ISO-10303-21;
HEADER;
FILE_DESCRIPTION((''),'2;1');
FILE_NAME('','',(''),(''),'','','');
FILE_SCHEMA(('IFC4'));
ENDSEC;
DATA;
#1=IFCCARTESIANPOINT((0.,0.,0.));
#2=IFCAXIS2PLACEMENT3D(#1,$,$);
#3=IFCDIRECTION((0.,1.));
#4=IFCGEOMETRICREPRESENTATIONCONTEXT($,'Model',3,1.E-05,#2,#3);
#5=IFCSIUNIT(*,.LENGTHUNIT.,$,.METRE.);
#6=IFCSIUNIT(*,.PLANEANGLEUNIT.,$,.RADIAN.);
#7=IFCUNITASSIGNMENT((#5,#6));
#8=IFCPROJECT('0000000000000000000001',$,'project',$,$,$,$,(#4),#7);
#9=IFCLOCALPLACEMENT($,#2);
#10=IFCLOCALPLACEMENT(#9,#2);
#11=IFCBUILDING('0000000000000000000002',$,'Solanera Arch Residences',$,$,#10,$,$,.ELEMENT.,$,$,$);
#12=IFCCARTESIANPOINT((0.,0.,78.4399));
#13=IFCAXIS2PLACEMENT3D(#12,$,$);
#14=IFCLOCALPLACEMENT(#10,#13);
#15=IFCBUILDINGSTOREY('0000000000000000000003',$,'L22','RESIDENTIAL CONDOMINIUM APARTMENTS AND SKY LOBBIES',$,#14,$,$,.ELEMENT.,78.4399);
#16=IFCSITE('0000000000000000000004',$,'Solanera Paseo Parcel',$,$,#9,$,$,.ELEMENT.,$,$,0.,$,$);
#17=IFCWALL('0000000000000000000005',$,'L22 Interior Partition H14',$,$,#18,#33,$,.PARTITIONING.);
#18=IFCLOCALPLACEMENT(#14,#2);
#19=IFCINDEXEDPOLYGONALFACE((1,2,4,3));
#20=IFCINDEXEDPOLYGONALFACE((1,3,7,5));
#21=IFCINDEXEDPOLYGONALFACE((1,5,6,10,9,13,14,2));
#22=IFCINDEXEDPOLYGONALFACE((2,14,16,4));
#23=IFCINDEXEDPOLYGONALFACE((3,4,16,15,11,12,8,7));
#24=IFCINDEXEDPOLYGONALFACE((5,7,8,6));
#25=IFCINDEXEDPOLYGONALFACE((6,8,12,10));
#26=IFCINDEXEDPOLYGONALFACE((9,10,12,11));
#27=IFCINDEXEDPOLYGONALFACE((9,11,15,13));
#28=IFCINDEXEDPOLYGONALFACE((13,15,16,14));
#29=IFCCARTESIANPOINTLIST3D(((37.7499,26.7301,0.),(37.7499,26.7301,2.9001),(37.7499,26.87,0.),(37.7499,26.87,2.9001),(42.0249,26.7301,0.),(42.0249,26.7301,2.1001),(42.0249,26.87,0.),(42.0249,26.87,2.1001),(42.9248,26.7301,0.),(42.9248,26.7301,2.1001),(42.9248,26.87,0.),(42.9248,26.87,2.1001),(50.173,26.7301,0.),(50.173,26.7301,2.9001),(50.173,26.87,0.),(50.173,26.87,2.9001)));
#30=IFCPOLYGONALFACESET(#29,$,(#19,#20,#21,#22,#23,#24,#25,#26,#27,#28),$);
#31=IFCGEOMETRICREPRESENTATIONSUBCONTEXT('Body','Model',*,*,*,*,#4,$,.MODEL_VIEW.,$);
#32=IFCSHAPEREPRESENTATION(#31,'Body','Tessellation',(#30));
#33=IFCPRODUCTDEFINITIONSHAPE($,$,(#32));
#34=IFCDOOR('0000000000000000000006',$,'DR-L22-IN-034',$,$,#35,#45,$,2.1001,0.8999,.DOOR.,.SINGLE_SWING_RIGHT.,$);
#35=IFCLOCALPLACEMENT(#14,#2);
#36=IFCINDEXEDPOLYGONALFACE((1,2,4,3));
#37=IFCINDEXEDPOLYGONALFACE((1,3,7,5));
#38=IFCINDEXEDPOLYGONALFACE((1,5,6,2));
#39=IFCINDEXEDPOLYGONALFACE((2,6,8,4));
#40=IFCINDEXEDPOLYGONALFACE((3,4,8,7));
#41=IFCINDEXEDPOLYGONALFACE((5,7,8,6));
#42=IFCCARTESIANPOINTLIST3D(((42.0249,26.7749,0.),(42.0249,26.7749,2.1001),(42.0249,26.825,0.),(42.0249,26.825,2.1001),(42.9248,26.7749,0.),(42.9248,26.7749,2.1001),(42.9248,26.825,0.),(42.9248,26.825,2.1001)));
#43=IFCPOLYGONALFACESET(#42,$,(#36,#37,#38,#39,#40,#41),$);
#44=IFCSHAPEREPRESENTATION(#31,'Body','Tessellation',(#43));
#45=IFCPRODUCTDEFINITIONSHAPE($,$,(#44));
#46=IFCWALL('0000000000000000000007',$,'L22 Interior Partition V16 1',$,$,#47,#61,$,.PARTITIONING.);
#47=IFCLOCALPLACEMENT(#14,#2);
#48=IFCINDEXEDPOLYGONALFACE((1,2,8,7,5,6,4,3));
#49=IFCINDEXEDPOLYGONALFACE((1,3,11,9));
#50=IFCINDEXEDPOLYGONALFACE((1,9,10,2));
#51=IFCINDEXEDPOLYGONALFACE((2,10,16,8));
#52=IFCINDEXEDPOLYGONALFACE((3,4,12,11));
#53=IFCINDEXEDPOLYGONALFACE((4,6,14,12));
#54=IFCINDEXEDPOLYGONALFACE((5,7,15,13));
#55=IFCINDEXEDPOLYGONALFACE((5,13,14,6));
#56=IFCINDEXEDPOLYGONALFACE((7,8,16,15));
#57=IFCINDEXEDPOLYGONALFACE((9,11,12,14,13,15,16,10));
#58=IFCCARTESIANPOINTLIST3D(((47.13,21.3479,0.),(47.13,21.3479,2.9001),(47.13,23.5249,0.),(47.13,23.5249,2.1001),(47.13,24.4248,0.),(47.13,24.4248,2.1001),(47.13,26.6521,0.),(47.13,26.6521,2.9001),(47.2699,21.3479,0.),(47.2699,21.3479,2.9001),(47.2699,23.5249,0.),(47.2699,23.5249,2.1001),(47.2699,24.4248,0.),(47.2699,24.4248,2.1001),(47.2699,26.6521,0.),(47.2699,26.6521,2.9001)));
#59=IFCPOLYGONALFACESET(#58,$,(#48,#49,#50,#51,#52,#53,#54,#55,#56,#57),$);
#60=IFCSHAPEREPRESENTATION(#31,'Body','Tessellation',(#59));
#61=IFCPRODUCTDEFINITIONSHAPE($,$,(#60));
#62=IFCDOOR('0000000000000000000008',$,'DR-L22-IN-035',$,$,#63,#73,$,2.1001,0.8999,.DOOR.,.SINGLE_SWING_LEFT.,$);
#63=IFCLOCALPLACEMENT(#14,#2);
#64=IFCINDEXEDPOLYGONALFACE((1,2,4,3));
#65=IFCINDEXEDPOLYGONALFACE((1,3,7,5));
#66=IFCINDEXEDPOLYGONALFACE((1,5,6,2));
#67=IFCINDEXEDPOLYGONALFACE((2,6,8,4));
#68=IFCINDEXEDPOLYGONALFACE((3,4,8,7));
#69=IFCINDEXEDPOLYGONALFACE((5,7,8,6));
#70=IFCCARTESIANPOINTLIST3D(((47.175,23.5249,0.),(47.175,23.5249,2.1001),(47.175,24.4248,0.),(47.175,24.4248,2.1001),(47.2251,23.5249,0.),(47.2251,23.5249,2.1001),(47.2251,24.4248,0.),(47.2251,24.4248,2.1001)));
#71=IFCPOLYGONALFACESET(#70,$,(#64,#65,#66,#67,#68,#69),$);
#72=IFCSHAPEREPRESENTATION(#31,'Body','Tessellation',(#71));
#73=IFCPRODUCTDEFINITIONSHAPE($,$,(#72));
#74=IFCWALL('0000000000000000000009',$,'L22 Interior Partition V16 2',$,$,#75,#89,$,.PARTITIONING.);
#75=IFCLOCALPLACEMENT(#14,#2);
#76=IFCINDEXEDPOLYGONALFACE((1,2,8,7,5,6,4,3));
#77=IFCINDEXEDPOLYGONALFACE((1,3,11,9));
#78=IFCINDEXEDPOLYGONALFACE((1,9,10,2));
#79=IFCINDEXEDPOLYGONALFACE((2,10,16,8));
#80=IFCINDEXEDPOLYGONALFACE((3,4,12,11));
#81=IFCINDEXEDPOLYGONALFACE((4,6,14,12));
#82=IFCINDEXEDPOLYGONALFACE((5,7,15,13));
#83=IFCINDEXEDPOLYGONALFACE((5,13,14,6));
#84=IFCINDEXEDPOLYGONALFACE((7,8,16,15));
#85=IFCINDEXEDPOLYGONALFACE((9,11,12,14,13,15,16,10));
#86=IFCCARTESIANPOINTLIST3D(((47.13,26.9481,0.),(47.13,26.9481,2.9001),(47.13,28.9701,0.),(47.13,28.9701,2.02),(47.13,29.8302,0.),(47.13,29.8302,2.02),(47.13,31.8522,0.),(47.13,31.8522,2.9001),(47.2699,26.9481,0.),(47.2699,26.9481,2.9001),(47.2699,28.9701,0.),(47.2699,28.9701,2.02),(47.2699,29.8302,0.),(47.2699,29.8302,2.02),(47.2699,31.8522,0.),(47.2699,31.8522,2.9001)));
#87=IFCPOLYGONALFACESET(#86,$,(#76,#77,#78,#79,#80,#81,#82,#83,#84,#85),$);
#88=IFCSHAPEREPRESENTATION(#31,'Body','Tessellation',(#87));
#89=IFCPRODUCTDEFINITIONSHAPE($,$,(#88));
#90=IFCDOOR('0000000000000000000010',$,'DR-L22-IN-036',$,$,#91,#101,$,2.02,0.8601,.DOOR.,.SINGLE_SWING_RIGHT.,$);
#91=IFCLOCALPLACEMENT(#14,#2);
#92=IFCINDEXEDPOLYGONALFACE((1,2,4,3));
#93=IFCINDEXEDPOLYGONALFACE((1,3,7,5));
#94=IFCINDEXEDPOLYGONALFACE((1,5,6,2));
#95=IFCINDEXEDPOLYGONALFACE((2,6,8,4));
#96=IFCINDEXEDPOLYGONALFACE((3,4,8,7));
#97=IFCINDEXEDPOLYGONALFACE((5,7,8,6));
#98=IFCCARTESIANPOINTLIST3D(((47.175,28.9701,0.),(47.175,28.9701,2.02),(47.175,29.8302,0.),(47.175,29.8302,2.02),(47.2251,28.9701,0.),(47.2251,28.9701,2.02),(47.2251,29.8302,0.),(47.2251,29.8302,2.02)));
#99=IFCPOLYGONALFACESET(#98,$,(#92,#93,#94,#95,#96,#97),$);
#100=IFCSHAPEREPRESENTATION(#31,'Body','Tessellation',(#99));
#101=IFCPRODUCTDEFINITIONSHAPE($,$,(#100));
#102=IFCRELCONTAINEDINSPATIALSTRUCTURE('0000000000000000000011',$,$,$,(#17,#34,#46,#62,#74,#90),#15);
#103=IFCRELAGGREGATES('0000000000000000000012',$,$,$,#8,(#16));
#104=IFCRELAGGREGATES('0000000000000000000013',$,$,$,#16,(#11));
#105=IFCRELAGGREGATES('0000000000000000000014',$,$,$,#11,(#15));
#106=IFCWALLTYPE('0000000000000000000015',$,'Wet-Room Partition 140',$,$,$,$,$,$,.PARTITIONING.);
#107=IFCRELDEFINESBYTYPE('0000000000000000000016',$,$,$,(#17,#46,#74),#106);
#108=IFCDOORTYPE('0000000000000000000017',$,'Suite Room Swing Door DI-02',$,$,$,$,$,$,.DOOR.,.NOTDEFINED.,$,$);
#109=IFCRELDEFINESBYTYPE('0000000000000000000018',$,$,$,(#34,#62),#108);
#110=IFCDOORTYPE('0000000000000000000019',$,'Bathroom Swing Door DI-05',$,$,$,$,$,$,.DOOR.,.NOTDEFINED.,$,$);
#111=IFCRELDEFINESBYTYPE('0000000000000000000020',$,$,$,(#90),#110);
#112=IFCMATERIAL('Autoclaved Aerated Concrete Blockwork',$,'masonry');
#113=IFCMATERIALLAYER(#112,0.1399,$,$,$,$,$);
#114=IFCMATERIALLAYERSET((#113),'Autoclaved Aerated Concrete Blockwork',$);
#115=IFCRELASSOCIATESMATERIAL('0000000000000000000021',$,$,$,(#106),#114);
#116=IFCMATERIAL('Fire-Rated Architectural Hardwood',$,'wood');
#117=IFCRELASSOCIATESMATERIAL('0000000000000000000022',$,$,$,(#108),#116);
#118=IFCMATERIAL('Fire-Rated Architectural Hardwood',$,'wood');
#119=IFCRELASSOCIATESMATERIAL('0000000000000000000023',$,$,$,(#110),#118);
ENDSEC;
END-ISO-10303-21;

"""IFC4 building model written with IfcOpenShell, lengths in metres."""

from ifc_helpers import new_model, si_unit, direction, frame, frame_2d, origin, place, context, subcontext, project, spatial, rectangle, extrude, material, layer, layer_set, type_object, element, fill, save


model = new_model("IFC4")

# Units and contexts
model_context = context("Model", 3, precision=1e-05, world=origin(), true_north=direction((0.0, 1.0)))
body_context = subcontext(model_context, "Body", "Model", "MODEL_VIEW")
ifc_project = project(units=[si_unit("LENGTHUNIT", "METRE"), si_unit("PLANEANGLEUNIT", "RADIAN")], contexts=[model_context])

# Site, building, storey
site_placement = place(None, origin())
site = spatial("IfcSite", under=ifc_project, at=site_placement, Name="Solanera Paseo Parcel", CompositionType="ELEMENT", RefElevation=0.0)
building_placement = place(site_placement, origin())
building = spatial("IfcBuilding", under=site, at=building_placement, Name="Solanera Arch Residences", CompositionType="ELEMENT")
storey_placement = place(building_placement, frame((0.0, 0.0, 78.4399)))
storey = spatial("IfcBuildingStorey", under=building, at=storey_placement, Name="L22", Description="RESIDENTIAL CONDOMINIUM APARTMENTS AND SKY LOBBIES", CompositionType="ELEMENT", Elevation=78.4399)

# Walls, openings, doors
ifc_material_1 = material(Name="Autoclaved Aerated Concrete Blockwork", Category="masonry")
ifc_layer_1 = layer(ifc_material_1, 0.1399)
ifc_layer_set_1 = layer_set([ifc_layer_1], Name="Autoclaved Aerated Concrete Blockwork")
wall_type_1 = type_object("IfcWallType", Name="Wet-Room Partition 140", PredefinedType="PARTITIONING", material=ifc_layer_set_1)
wall_1_placement = place(storey_placement, frame((37.75, 26.8, 0.0), z_axis=(0.0, 0.0, 1.0), x_axis=(1.0, 0.0, 0.0)))
wall_1 = element("IfcWall", 1, at=wall_1_placement, inside=storey, type_object=wall_type_1, Name="L22 Interior Partition H14", PredefinedType="PARTITIONING", context=body_context, shape_type="SweptSolid", body=[
    extrude(rectangle(XDim=12.4231, YDim=0.1399, at=frame_2d((6.2114, 0.0))), origin(), (0.0, 0.0, 1.0), 2.9001),
])
opening_1_placement = place(wall_1_placement, frame((4.2749, 0.0, 0.0)))
opening_1 = element("IfcOpeningElement", 2, at=opening_1_placement, cuts=wall_1, PredefinedType="OPENING", context=body_context, shape_type="SweptSolid", body=[
    extrude(rectangle(XDim=0.8999, YDim=2.1001, at=frame_2d((0.45, 1.05))), frame((0.0, 0.0798, 0.0), z_axis=(0.0, -1.0, 0.0), x_axis=(1.0, 0.0, 0.0)), (0.0, 0.0, 1.0), 0.1599),
])
ifc_material_2 = material(Name="Fire-Rated Architectural Hardwood", Category="wood")
door_type_1 = type_object("IfcDoorType", Name="Suite Room Swing Door DI-02", OperationType="NOTDEFINED", PredefinedType="DOOR", material=ifc_material_2)
door_1_placement = place(opening_1_placement, origin())
door_1 = element("IfcDoor", 3, at=door_1_placement, inside=storey, type_object=door_type_1, Name="DR-L22-IN-034", OperationType="SINGLE_SWING_RIGHT", OverallHeight=2.1001, OverallWidth=0.8999, PredefinedType="DOOR", context=body_context, shape_type="SweptSolid", body=[
    extrude(rectangle(XDim=0.8999, YDim=2.1001, at=frame_2d((0.45, 1.05))), frame((0.0, 0.0249, 0.0), z_axis=(0.0, -1.0, 0.0), x_axis=(1.0, 0.0, 0.0)), (0.0, 0.0, 1.0), 0.05),
])
fill(opening_1, door_1)
wall_2_placement = place(storey_placement, frame((47.2, 21.3479, 0.0), z_axis=(0.0, 0.0, 1.0), x_axis=(0.0, 1.0, 0.0)))
wall_2 = element("IfcWall", 4, at=wall_2_placement, inside=storey, type_object=wall_type_1, Name="L22 Interior Partition V16 1", PredefinedType="PARTITIONING", context=body_context, shape_type="SweptSolid", body=[
    extrude(rectangle(XDim=5.3042, YDim=0.1399, at=frame_2d((2.6521, 0.0))), origin(), (0.0, 0.0, 1.0), 2.9001),
])
opening_2_placement = place(wall_2_placement, frame((2.177, 0.0, 0.0)))
opening_2 = element("IfcOpeningElement", 5, at=opening_2_placement, cuts=wall_2, PredefinedType="OPENING", context=body_context, shape_type="SweptSolid", body=[
    extrude(rectangle(XDim=0.8999, YDim=2.1001, at=frame_2d((0.45, 1.05))), frame((0.0, 0.0798, 0.0), z_axis=(0.0, -1.0, 0.0), x_axis=(1.0, 0.0, 0.0)), (0.0, 0.0, 1.0), 0.1599),
])
door_2_placement = place(opening_2_placement, origin())
door_2 = element("IfcDoor", 6, at=door_2_placement, inside=storey, type_object=door_type_1, Name="DR-L22-IN-035", OperationType="SINGLE_SWING_LEFT", OverallHeight=2.1001, OverallWidth=0.8999, PredefinedType="DOOR", context=body_context, shape_type="SweptSolid", body=[
    extrude(rectangle(XDim=0.8999, YDim=2.1001, at=frame_2d((0.45, 1.05))), frame((0.0, 0.0249, 0.0), z_axis=(0.0, -1.0, 0.0), x_axis=(1.0, 0.0, 0.0)), (0.0, 0.0, 1.0), 0.05),
])
fill(opening_2, door_2)
wall_3_placement = place(storey_placement, frame((47.2, 26.948, 0.0), z_axis=(0.0, 0.0, 1.0), x_axis=(0.0, 1.0, 0.0)))
wall_3 = element("IfcWall", 7, at=wall_3_placement, inside=storey, type_object=wall_type_1, Name="L22 Interior Partition V16 2", PredefinedType="PARTITIONING", context=body_context, shape_type="SweptSolid", body=[
    extrude(rectangle(XDim=4.9041, YDim=0.1399, at=frame_2d((2.4521, 0.0))), origin(), (0.0, 0.0, 1.0), 2.9001),
])
opening_3_placement = place(wall_3_placement, frame((2.022, 0.0, 0.0)))
opening_3 = element("IfcOpeningElement", 8, at=opening_3_placement, cuts=wall_3, PredefinedType="OPENING", context=body_context, shape_type="SweptSolid", body=[
    extrude(rectangle(XDim=0.8601, YDim=2.02, at=frame_2d((0.4302, 1.01))), frame((0.0, 0.0798, 0.0), z_axis=(0.0, -1.0, 0.0), x_axis=(1.0, 0.0, 0.0)), (0.0, 0.0, 1.0), 0.1599),
])
ifc_material_3 = material(Name="Fire-Rated Architectural Hardwood", Category="wood")
door_type_2 = type_object("IfcDoorType", Name="Bathroom Swing Door DI-05", OperationType="NOTDEFINED", PredefinedType="DOOR", material=ifc_material_3)
door_3_placement = place(opening_3_placement, origin())
door_3 = element("IfcDoor", 9, at=door_3_placement, inside=storey, type_object=door_type_2, Name="DR-L22-IN-036", OperationType="SINGLE_SWING_RIGHT", OverallHeight=2.02, OverallWidth=0.8601, PredefinedType="DOOR", context=body_context, shape_type="SweptSolid", body=[
    extrude(rectangle(XDim=0.8601, YDim=2.02, at=frame_2d((0.4302, 1.01))), frame((0.0, 0.0249, 0.0), z_axis=(0.0, -1.0, 0.0), x_axis=(1.0, 0.0, 0.0)), (0.0, 0.0, 1.0), 0.05),
])
fill(opening_3, door_3)

save(model, "model.ifc")
